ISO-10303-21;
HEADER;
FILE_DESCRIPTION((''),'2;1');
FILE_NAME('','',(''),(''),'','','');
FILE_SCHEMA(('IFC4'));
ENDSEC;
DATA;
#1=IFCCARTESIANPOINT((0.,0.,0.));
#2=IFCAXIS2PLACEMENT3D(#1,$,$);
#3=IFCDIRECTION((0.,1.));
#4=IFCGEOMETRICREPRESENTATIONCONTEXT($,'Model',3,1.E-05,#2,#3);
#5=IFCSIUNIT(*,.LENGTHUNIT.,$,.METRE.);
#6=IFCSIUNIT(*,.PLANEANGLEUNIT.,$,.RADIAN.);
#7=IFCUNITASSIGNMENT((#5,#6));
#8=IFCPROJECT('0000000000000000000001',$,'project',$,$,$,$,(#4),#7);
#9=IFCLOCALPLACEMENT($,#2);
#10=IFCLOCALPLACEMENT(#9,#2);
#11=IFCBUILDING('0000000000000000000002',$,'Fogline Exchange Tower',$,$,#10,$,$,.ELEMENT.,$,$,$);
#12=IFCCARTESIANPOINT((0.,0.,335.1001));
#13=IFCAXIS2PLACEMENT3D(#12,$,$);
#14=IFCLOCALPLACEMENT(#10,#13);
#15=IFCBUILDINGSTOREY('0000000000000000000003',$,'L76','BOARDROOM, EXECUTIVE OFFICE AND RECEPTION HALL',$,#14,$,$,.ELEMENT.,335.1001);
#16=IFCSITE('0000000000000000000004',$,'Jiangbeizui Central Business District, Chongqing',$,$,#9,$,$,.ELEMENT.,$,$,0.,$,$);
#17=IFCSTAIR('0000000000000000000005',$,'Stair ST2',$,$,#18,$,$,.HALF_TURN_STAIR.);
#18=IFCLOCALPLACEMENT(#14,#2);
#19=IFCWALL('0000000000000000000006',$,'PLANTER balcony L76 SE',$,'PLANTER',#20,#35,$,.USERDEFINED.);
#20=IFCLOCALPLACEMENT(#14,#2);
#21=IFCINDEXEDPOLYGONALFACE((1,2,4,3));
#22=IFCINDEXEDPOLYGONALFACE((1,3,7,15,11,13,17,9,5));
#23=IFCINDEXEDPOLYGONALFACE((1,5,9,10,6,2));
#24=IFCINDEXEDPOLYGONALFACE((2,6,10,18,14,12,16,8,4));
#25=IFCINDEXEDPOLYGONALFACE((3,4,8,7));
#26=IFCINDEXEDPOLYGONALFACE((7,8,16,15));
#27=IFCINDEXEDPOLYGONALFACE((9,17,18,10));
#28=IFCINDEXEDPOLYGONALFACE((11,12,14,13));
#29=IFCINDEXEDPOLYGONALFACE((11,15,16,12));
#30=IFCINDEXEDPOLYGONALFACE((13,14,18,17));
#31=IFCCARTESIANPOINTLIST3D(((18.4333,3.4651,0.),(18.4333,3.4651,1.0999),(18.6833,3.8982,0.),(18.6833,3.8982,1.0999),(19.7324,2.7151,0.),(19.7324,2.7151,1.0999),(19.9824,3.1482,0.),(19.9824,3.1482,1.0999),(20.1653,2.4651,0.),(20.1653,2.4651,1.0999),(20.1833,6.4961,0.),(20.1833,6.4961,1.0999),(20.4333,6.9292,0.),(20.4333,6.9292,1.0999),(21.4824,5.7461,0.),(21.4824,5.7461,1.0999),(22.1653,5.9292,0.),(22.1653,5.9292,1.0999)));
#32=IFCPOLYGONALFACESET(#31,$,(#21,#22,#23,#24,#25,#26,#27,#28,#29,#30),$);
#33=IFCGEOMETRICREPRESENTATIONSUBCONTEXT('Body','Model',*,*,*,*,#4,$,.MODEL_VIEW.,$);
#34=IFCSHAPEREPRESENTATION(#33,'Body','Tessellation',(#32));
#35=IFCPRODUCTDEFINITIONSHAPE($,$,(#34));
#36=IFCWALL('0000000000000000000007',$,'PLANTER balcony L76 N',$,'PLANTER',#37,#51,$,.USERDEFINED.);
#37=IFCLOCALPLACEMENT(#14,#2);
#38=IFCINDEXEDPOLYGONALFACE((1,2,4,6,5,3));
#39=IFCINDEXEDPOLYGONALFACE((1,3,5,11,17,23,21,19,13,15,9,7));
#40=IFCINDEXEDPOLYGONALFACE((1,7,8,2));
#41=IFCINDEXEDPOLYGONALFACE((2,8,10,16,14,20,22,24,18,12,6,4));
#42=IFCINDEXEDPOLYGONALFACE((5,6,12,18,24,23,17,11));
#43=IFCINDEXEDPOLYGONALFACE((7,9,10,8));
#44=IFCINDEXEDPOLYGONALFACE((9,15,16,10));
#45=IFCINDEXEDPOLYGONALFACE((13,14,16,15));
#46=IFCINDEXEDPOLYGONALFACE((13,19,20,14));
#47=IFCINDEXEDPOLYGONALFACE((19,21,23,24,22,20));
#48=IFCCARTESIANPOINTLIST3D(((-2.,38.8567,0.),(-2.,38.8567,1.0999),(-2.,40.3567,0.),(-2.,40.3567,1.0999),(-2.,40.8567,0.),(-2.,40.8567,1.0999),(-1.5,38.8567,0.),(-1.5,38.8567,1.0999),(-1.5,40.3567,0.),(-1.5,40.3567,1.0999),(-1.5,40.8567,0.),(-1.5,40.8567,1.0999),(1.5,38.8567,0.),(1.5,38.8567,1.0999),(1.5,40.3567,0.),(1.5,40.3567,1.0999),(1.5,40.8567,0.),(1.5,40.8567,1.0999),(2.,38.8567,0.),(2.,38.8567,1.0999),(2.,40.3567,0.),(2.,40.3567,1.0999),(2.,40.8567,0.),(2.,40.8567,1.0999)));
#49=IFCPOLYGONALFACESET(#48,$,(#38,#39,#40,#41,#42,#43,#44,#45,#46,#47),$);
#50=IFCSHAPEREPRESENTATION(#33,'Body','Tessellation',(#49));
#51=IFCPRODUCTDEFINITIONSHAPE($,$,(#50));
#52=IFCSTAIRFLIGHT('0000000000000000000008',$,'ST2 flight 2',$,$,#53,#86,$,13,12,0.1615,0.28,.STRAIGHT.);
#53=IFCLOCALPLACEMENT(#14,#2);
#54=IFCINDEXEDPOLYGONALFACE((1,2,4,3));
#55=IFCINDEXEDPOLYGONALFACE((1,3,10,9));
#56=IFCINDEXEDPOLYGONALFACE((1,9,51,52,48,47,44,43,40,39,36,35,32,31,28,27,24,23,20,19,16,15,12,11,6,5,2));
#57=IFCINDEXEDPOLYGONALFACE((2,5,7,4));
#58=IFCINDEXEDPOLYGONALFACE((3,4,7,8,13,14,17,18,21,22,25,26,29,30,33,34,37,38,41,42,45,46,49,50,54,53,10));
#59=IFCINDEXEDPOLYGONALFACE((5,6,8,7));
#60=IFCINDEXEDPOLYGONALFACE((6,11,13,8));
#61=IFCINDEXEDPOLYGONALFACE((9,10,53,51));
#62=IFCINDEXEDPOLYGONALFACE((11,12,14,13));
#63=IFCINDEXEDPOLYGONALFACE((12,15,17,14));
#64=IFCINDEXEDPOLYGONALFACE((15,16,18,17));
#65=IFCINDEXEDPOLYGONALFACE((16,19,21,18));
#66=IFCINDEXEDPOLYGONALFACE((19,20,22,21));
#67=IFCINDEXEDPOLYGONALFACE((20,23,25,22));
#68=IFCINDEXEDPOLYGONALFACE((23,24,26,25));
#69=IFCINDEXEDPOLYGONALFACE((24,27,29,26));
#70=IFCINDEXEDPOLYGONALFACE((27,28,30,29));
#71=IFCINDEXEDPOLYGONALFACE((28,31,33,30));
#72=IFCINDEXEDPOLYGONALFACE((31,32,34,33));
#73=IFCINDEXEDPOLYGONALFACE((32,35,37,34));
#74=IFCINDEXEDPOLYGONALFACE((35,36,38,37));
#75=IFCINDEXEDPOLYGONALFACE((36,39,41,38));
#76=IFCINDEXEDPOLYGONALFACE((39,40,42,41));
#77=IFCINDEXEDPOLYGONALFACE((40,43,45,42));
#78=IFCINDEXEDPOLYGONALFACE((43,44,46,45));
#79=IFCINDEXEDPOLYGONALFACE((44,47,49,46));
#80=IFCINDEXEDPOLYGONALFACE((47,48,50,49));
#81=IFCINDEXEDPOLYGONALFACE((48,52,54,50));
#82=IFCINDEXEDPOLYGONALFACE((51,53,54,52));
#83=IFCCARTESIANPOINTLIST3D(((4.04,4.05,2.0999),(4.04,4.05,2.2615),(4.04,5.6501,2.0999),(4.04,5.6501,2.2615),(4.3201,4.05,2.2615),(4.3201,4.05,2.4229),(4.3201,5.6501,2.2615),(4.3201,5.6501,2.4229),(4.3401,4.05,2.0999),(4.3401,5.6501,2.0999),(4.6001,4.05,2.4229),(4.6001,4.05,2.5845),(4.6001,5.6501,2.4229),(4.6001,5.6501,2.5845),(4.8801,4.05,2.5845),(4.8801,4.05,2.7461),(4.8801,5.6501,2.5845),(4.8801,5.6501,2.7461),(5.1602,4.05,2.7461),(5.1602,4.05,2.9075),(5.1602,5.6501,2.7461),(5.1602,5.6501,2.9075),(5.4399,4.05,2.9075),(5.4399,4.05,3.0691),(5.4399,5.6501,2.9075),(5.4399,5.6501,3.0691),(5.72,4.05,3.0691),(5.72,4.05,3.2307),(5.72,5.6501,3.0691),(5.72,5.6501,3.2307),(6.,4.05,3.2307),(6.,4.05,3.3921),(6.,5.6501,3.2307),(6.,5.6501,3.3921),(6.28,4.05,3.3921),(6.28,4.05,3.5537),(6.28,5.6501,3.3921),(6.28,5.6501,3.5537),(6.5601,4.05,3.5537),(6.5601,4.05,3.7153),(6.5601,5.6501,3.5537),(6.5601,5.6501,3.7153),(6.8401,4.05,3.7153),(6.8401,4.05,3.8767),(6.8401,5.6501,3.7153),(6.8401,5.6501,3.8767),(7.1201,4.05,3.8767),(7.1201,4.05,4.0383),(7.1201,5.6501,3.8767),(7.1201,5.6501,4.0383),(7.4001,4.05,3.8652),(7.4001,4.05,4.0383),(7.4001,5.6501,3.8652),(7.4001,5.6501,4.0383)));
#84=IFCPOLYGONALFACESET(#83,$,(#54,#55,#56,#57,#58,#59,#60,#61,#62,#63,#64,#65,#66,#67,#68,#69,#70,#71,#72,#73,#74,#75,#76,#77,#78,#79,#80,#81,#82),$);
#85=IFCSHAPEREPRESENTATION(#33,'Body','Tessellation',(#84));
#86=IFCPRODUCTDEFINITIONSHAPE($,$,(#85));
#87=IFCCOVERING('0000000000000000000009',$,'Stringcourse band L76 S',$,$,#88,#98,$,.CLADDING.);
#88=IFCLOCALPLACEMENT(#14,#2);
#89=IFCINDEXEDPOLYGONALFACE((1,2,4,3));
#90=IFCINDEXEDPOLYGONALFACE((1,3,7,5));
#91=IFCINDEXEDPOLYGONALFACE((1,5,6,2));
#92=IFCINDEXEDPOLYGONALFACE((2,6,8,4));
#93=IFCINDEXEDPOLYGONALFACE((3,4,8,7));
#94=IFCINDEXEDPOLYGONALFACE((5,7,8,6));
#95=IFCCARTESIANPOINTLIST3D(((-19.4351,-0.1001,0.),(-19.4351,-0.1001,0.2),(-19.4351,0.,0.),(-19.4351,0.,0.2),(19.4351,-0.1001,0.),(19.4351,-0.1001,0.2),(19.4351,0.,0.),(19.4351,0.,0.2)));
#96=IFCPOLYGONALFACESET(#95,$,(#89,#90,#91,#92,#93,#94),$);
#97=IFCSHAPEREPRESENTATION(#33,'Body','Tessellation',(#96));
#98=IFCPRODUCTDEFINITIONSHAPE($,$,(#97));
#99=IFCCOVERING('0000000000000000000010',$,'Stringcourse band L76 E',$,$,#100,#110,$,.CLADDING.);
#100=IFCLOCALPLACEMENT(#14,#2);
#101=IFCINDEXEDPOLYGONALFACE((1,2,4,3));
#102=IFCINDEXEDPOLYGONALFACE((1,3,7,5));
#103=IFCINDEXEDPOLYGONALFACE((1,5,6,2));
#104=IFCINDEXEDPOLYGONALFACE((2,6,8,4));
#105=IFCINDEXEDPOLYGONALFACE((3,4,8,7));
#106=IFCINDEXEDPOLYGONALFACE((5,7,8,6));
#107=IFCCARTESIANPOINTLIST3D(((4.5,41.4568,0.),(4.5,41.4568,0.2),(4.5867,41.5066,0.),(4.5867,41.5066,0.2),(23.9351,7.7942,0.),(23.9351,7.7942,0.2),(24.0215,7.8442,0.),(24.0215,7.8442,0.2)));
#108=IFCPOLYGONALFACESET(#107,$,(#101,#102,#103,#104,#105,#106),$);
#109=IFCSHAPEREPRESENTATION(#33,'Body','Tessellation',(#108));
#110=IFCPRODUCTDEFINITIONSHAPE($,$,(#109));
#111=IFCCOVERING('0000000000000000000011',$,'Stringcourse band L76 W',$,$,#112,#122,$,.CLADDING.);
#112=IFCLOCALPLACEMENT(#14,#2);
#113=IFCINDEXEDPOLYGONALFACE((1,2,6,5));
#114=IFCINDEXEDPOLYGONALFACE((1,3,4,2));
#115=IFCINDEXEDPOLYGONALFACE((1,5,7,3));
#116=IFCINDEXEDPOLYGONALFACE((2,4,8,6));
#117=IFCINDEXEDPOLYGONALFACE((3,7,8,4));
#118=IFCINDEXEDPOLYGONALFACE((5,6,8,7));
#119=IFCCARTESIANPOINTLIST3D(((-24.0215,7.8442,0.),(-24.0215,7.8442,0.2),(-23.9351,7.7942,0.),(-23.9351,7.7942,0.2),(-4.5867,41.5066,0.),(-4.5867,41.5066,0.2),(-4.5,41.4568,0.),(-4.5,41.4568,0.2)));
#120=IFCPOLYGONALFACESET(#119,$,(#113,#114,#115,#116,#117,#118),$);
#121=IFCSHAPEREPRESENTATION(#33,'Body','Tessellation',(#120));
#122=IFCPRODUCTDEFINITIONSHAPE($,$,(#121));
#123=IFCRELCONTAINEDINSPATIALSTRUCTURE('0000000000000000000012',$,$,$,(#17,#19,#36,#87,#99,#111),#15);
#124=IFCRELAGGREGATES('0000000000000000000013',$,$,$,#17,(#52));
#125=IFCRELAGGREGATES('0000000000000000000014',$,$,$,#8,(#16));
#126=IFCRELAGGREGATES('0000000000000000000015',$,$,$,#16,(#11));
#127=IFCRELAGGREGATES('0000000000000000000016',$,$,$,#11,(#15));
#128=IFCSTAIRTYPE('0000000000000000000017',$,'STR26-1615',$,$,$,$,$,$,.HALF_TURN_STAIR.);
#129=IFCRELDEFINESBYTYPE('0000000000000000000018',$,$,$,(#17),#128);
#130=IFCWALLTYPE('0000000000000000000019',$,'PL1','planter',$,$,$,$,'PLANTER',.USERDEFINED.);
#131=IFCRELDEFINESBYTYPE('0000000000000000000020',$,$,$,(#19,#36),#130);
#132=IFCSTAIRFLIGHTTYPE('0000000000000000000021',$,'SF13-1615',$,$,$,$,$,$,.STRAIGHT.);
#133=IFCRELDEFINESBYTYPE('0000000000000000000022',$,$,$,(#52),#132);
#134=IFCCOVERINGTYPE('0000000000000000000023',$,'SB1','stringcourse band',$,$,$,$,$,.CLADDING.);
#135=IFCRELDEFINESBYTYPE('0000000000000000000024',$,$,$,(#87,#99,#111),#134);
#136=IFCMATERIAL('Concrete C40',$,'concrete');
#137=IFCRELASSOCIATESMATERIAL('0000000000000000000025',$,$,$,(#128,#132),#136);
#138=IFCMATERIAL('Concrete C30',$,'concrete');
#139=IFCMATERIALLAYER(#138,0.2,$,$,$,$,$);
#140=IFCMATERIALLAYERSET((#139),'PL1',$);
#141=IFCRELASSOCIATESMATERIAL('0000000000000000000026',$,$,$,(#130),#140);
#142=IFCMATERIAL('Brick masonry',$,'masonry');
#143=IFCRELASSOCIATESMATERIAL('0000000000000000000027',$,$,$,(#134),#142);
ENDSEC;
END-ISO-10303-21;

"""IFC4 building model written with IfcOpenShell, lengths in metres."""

from ifc_helpers import new_model, si_unit, direction, frame, origin, place, context, subcontext, project, spatial, polyline, outline, extrude, material, layer, layer_set, type_object, element, aggregate, save


model = new_model("IFC4")

# Units and contexts
model_context = context("Model", 3, precision=1e-05, world=origin(), true_north=direction((0.0, 1.0)))
body_context = subcontext(model_context, "Body", "Model", "MODEL_VIEW")
ifc_project = project(units=[si_unit("LENGTHUNIT", "METRE"), si_unit("PLANEANGLEUNIT", "RADIAN")], contexts=[model_context])

# Site, building, storey
site_placement = place(None, origin())
site = spatial("IfcSite", under=ifc_project, at=site_placement, Name="Jiangbeizui Central Business District, Chongqing", CompositionType="ELEMENT", RefElevation=0.0)
building_placement = place(site_placement, origin())
building = spatial("IfcBuilding", under=site, at=building_placement, Name="Fogline Exchange Tower", CompositionType="ELEMENT")
storey_placement = place(building_placement, frame((0.0, 0.0, 335.1001)))
storey = spatial("IfcBuildingStorey", under=building, at=storey_placement, Name="L76", Description="BOARDROOM, EXECUTIVE OFFICE AND RECEPTION HALL", CompositionType="ELEMENT", Elevation=335.1001)

# Shared definitions
ifc_material_1 = material(Name="Concrete C40", Category="concrete")

# Stair
stair_type = type_object("IfcStairType", Name="STR26-1615", PredefinedType="HALF_TURN_STAIR", material=ifc_material_1)
stair_1_placement = place(storey_placement, origin())
stair_1 = element("IfcStair", 1, at=stair_1_placement, inside=storey, type_object=stair_type, Name="Stair ST2", PredefinedType="HALF_TURN_STAIR")

# Walls
ifc_material_2 = material(Name="Brick masonry", Category="masonry")
ifc_material_3 = material(Name="Concrete C30", Category="concrete")
ifc_layer_1 = layer(ifc_material_3, 0.2)
ifc_layer_set_1 = layer_set([ifc_layer_1], Name="PL1")
wall_type_1 = type_object("IfcWallType", Name="PL1", Description="planter", ElementType="PLANTER", PredefinedType="USERDEFINED", material=ifc_layer_set_1)
wall_1_placement = place(storey_placement, origin())
element("IfcWall", 2, at=wall_1_placement, inside=storey, type_object=wall_type_1, Name="PLANTER balcony L76 SE", ObjectType="PLANTER", PredefinedType="USERDEFINED", context=body_context, shape_type="SweptSolid", body=[
    extrude(outline(polyline([(18.4333, 3.4651), (19.7324, 2.7151), (19.7324, 2.7151), (20.1653, 2.4651), (22.1653, 5.9292), (20.4333, 6.9292), (20.1833, 6.4961), (21.4824, 5.7461), (19.9824, 3.1482), (18.6833, 3.8982), (18.4333, 3.4651)])), origin(), (0.0, 0.0, 1.0), 1.0999),
])
wall_2_placement = place(storey_placement, origin())
element("IfcWall", 3, at=wall_2_placement, inside=storey, type_object=wall_type_1, Name="PLANTER balcony L76 N", ObjectType="PLANTER", PredefinedType="USERDEFINED", context=body_context, shape_type="SweptSolid", body=[
    extrude(outline(polyline([(-1.5, 40.8567), (-2.0, 40.8567), (-2.0, 40.3567), (-2.0, 38.8567), (-1.5, 38.8567), (-1.5, 40.3567), (1.5, 40.3567), (1.5, 38.8567), (2.0, 38.8567), (2.0, 40.3567), (2.0, 40.8567), (1.5, 40.8567), (-1.5, 40.8567)])), origin(), (0.0, 0.0, 1.0), 1.0999),
])

# Stair flight
stair_flight_type = type_object("IfcStairFlightType", Name="SF13-1615", PredefinedType="STRAIGHT", material=ifc_material_1)
stair_flight_placement = place(storey_placement, frame((4.04, 4.8501, 2.0999), z_axis=(0.0, 0.0, 1.0), x_axis=(1.0, 0.0, 0.0)))
stair_flight = element("IfcStairFlight", 4, at=stair_flight_placement, type_object=stair_flight_type, Name="ST2 flight 2", NumberOfRisers=13, NumberOfTreads=12, PredefinedType="STRAIGHT", RiserHeight=0.1615, TreadLength=0.28, context=body_context, shape_type="SweptSolid", body=[
    extrude(outline(polyline([(0.0, 0.0), (0.0, 0.1616), (0.28, 0.1616), (0.28, 0.323), (0.5601, 0.323), (0.5601, 0.4846), (0.8401, 0.4846), (0.8401, 0.6462), (1.1201, 0.6462), (1.1201, 0.8076), (1.3999, 0.8076), (1.3999, 0.9692), (1.6799, 0.9692), (1.6799, 1.1309), (1.96, 1.1309), (1.96, 1.2922), (2.24, 1.2922), (2.24, 1.4539), (2.52, 1.4539), (2.52, 1.6155), (2.8, 1.6155), (2.8, 1.7769), (3.0801, 1.7769), (3.0801, 1.9385), (3.3601, 1.9385), (3.3601, 2.1001), (3.3601, 1.7654), (0.3, 0.0), (0.0, 0.0)])), frame((0.0, 0.8, 0.0), z_axis=(0.0, -1.0, 0.0), x_axis=(1.0, 0.0, 0.0)), (0.0, 0.0, 1.0), 1.6001),
])
aggregate(stair_1, [stair_flight])

# Coverings
covering_type = type_object("IfcCoveringType", Name="SB1", Description="stringcourse band", PredefinedType="CLADDING", material=ifc_material_2)
covering_1_placement = place(storey_placement, origin())
element("IfcCovering", 5, at=covering_1_placement, inside=storey, type_object=covering_type, Name="Stringcourse band L76 S", PredefinedType="CLADDING", context=body_context, shape_type="SweptSolid", body=[
    extrude(outline(polyline([(-19.4351, 0.0), (-19.4351, -0.1001), (19.4351, -0.1001), (19.4351, 0.0), (-19.4351, 0.0)])), origin(), (0.0, 0.0, 1.0), 0.2),
])
covering_2_placement = place(storey_placement, origin())
element("IfcCovering", 6, at=covering_2_placement, inside=storey, type_object=covering_type, Name="Stringcourse band L76 E", PredefinedType="CLADDING", context=body_context, shape_type="SweptSolid", body=[
    extrude(outline(polyline([(23.9351, 7.7942), (24.0215, 7.8442), (4.5867, 41.5066), (4.5, 41.4568), (23.9351, 7.7942)])), origin(), (0.0, 0.0, 1.0), 0.2),
])
covering_3_placement = place(storey_placement, origin())
element("IfcCovering", 7, at=covering_3_placement, inside=storey, type_object=covering_type, Name="Stringcourse band L76 W", PredefinedType="CLADDING", context=body_context, shape_type="SweptSolid", body=[
    extrude(outline(polyline([(-4.5, 41.4568), (-4.5867, 41.5066), (-24.0215, 7.8442), (-23.9351, 7.7942), (-4.5, 41.4568)])), origin(), (0.0, 0.0, 1.0), 0.2),
])

save(model, "model.ifc")
